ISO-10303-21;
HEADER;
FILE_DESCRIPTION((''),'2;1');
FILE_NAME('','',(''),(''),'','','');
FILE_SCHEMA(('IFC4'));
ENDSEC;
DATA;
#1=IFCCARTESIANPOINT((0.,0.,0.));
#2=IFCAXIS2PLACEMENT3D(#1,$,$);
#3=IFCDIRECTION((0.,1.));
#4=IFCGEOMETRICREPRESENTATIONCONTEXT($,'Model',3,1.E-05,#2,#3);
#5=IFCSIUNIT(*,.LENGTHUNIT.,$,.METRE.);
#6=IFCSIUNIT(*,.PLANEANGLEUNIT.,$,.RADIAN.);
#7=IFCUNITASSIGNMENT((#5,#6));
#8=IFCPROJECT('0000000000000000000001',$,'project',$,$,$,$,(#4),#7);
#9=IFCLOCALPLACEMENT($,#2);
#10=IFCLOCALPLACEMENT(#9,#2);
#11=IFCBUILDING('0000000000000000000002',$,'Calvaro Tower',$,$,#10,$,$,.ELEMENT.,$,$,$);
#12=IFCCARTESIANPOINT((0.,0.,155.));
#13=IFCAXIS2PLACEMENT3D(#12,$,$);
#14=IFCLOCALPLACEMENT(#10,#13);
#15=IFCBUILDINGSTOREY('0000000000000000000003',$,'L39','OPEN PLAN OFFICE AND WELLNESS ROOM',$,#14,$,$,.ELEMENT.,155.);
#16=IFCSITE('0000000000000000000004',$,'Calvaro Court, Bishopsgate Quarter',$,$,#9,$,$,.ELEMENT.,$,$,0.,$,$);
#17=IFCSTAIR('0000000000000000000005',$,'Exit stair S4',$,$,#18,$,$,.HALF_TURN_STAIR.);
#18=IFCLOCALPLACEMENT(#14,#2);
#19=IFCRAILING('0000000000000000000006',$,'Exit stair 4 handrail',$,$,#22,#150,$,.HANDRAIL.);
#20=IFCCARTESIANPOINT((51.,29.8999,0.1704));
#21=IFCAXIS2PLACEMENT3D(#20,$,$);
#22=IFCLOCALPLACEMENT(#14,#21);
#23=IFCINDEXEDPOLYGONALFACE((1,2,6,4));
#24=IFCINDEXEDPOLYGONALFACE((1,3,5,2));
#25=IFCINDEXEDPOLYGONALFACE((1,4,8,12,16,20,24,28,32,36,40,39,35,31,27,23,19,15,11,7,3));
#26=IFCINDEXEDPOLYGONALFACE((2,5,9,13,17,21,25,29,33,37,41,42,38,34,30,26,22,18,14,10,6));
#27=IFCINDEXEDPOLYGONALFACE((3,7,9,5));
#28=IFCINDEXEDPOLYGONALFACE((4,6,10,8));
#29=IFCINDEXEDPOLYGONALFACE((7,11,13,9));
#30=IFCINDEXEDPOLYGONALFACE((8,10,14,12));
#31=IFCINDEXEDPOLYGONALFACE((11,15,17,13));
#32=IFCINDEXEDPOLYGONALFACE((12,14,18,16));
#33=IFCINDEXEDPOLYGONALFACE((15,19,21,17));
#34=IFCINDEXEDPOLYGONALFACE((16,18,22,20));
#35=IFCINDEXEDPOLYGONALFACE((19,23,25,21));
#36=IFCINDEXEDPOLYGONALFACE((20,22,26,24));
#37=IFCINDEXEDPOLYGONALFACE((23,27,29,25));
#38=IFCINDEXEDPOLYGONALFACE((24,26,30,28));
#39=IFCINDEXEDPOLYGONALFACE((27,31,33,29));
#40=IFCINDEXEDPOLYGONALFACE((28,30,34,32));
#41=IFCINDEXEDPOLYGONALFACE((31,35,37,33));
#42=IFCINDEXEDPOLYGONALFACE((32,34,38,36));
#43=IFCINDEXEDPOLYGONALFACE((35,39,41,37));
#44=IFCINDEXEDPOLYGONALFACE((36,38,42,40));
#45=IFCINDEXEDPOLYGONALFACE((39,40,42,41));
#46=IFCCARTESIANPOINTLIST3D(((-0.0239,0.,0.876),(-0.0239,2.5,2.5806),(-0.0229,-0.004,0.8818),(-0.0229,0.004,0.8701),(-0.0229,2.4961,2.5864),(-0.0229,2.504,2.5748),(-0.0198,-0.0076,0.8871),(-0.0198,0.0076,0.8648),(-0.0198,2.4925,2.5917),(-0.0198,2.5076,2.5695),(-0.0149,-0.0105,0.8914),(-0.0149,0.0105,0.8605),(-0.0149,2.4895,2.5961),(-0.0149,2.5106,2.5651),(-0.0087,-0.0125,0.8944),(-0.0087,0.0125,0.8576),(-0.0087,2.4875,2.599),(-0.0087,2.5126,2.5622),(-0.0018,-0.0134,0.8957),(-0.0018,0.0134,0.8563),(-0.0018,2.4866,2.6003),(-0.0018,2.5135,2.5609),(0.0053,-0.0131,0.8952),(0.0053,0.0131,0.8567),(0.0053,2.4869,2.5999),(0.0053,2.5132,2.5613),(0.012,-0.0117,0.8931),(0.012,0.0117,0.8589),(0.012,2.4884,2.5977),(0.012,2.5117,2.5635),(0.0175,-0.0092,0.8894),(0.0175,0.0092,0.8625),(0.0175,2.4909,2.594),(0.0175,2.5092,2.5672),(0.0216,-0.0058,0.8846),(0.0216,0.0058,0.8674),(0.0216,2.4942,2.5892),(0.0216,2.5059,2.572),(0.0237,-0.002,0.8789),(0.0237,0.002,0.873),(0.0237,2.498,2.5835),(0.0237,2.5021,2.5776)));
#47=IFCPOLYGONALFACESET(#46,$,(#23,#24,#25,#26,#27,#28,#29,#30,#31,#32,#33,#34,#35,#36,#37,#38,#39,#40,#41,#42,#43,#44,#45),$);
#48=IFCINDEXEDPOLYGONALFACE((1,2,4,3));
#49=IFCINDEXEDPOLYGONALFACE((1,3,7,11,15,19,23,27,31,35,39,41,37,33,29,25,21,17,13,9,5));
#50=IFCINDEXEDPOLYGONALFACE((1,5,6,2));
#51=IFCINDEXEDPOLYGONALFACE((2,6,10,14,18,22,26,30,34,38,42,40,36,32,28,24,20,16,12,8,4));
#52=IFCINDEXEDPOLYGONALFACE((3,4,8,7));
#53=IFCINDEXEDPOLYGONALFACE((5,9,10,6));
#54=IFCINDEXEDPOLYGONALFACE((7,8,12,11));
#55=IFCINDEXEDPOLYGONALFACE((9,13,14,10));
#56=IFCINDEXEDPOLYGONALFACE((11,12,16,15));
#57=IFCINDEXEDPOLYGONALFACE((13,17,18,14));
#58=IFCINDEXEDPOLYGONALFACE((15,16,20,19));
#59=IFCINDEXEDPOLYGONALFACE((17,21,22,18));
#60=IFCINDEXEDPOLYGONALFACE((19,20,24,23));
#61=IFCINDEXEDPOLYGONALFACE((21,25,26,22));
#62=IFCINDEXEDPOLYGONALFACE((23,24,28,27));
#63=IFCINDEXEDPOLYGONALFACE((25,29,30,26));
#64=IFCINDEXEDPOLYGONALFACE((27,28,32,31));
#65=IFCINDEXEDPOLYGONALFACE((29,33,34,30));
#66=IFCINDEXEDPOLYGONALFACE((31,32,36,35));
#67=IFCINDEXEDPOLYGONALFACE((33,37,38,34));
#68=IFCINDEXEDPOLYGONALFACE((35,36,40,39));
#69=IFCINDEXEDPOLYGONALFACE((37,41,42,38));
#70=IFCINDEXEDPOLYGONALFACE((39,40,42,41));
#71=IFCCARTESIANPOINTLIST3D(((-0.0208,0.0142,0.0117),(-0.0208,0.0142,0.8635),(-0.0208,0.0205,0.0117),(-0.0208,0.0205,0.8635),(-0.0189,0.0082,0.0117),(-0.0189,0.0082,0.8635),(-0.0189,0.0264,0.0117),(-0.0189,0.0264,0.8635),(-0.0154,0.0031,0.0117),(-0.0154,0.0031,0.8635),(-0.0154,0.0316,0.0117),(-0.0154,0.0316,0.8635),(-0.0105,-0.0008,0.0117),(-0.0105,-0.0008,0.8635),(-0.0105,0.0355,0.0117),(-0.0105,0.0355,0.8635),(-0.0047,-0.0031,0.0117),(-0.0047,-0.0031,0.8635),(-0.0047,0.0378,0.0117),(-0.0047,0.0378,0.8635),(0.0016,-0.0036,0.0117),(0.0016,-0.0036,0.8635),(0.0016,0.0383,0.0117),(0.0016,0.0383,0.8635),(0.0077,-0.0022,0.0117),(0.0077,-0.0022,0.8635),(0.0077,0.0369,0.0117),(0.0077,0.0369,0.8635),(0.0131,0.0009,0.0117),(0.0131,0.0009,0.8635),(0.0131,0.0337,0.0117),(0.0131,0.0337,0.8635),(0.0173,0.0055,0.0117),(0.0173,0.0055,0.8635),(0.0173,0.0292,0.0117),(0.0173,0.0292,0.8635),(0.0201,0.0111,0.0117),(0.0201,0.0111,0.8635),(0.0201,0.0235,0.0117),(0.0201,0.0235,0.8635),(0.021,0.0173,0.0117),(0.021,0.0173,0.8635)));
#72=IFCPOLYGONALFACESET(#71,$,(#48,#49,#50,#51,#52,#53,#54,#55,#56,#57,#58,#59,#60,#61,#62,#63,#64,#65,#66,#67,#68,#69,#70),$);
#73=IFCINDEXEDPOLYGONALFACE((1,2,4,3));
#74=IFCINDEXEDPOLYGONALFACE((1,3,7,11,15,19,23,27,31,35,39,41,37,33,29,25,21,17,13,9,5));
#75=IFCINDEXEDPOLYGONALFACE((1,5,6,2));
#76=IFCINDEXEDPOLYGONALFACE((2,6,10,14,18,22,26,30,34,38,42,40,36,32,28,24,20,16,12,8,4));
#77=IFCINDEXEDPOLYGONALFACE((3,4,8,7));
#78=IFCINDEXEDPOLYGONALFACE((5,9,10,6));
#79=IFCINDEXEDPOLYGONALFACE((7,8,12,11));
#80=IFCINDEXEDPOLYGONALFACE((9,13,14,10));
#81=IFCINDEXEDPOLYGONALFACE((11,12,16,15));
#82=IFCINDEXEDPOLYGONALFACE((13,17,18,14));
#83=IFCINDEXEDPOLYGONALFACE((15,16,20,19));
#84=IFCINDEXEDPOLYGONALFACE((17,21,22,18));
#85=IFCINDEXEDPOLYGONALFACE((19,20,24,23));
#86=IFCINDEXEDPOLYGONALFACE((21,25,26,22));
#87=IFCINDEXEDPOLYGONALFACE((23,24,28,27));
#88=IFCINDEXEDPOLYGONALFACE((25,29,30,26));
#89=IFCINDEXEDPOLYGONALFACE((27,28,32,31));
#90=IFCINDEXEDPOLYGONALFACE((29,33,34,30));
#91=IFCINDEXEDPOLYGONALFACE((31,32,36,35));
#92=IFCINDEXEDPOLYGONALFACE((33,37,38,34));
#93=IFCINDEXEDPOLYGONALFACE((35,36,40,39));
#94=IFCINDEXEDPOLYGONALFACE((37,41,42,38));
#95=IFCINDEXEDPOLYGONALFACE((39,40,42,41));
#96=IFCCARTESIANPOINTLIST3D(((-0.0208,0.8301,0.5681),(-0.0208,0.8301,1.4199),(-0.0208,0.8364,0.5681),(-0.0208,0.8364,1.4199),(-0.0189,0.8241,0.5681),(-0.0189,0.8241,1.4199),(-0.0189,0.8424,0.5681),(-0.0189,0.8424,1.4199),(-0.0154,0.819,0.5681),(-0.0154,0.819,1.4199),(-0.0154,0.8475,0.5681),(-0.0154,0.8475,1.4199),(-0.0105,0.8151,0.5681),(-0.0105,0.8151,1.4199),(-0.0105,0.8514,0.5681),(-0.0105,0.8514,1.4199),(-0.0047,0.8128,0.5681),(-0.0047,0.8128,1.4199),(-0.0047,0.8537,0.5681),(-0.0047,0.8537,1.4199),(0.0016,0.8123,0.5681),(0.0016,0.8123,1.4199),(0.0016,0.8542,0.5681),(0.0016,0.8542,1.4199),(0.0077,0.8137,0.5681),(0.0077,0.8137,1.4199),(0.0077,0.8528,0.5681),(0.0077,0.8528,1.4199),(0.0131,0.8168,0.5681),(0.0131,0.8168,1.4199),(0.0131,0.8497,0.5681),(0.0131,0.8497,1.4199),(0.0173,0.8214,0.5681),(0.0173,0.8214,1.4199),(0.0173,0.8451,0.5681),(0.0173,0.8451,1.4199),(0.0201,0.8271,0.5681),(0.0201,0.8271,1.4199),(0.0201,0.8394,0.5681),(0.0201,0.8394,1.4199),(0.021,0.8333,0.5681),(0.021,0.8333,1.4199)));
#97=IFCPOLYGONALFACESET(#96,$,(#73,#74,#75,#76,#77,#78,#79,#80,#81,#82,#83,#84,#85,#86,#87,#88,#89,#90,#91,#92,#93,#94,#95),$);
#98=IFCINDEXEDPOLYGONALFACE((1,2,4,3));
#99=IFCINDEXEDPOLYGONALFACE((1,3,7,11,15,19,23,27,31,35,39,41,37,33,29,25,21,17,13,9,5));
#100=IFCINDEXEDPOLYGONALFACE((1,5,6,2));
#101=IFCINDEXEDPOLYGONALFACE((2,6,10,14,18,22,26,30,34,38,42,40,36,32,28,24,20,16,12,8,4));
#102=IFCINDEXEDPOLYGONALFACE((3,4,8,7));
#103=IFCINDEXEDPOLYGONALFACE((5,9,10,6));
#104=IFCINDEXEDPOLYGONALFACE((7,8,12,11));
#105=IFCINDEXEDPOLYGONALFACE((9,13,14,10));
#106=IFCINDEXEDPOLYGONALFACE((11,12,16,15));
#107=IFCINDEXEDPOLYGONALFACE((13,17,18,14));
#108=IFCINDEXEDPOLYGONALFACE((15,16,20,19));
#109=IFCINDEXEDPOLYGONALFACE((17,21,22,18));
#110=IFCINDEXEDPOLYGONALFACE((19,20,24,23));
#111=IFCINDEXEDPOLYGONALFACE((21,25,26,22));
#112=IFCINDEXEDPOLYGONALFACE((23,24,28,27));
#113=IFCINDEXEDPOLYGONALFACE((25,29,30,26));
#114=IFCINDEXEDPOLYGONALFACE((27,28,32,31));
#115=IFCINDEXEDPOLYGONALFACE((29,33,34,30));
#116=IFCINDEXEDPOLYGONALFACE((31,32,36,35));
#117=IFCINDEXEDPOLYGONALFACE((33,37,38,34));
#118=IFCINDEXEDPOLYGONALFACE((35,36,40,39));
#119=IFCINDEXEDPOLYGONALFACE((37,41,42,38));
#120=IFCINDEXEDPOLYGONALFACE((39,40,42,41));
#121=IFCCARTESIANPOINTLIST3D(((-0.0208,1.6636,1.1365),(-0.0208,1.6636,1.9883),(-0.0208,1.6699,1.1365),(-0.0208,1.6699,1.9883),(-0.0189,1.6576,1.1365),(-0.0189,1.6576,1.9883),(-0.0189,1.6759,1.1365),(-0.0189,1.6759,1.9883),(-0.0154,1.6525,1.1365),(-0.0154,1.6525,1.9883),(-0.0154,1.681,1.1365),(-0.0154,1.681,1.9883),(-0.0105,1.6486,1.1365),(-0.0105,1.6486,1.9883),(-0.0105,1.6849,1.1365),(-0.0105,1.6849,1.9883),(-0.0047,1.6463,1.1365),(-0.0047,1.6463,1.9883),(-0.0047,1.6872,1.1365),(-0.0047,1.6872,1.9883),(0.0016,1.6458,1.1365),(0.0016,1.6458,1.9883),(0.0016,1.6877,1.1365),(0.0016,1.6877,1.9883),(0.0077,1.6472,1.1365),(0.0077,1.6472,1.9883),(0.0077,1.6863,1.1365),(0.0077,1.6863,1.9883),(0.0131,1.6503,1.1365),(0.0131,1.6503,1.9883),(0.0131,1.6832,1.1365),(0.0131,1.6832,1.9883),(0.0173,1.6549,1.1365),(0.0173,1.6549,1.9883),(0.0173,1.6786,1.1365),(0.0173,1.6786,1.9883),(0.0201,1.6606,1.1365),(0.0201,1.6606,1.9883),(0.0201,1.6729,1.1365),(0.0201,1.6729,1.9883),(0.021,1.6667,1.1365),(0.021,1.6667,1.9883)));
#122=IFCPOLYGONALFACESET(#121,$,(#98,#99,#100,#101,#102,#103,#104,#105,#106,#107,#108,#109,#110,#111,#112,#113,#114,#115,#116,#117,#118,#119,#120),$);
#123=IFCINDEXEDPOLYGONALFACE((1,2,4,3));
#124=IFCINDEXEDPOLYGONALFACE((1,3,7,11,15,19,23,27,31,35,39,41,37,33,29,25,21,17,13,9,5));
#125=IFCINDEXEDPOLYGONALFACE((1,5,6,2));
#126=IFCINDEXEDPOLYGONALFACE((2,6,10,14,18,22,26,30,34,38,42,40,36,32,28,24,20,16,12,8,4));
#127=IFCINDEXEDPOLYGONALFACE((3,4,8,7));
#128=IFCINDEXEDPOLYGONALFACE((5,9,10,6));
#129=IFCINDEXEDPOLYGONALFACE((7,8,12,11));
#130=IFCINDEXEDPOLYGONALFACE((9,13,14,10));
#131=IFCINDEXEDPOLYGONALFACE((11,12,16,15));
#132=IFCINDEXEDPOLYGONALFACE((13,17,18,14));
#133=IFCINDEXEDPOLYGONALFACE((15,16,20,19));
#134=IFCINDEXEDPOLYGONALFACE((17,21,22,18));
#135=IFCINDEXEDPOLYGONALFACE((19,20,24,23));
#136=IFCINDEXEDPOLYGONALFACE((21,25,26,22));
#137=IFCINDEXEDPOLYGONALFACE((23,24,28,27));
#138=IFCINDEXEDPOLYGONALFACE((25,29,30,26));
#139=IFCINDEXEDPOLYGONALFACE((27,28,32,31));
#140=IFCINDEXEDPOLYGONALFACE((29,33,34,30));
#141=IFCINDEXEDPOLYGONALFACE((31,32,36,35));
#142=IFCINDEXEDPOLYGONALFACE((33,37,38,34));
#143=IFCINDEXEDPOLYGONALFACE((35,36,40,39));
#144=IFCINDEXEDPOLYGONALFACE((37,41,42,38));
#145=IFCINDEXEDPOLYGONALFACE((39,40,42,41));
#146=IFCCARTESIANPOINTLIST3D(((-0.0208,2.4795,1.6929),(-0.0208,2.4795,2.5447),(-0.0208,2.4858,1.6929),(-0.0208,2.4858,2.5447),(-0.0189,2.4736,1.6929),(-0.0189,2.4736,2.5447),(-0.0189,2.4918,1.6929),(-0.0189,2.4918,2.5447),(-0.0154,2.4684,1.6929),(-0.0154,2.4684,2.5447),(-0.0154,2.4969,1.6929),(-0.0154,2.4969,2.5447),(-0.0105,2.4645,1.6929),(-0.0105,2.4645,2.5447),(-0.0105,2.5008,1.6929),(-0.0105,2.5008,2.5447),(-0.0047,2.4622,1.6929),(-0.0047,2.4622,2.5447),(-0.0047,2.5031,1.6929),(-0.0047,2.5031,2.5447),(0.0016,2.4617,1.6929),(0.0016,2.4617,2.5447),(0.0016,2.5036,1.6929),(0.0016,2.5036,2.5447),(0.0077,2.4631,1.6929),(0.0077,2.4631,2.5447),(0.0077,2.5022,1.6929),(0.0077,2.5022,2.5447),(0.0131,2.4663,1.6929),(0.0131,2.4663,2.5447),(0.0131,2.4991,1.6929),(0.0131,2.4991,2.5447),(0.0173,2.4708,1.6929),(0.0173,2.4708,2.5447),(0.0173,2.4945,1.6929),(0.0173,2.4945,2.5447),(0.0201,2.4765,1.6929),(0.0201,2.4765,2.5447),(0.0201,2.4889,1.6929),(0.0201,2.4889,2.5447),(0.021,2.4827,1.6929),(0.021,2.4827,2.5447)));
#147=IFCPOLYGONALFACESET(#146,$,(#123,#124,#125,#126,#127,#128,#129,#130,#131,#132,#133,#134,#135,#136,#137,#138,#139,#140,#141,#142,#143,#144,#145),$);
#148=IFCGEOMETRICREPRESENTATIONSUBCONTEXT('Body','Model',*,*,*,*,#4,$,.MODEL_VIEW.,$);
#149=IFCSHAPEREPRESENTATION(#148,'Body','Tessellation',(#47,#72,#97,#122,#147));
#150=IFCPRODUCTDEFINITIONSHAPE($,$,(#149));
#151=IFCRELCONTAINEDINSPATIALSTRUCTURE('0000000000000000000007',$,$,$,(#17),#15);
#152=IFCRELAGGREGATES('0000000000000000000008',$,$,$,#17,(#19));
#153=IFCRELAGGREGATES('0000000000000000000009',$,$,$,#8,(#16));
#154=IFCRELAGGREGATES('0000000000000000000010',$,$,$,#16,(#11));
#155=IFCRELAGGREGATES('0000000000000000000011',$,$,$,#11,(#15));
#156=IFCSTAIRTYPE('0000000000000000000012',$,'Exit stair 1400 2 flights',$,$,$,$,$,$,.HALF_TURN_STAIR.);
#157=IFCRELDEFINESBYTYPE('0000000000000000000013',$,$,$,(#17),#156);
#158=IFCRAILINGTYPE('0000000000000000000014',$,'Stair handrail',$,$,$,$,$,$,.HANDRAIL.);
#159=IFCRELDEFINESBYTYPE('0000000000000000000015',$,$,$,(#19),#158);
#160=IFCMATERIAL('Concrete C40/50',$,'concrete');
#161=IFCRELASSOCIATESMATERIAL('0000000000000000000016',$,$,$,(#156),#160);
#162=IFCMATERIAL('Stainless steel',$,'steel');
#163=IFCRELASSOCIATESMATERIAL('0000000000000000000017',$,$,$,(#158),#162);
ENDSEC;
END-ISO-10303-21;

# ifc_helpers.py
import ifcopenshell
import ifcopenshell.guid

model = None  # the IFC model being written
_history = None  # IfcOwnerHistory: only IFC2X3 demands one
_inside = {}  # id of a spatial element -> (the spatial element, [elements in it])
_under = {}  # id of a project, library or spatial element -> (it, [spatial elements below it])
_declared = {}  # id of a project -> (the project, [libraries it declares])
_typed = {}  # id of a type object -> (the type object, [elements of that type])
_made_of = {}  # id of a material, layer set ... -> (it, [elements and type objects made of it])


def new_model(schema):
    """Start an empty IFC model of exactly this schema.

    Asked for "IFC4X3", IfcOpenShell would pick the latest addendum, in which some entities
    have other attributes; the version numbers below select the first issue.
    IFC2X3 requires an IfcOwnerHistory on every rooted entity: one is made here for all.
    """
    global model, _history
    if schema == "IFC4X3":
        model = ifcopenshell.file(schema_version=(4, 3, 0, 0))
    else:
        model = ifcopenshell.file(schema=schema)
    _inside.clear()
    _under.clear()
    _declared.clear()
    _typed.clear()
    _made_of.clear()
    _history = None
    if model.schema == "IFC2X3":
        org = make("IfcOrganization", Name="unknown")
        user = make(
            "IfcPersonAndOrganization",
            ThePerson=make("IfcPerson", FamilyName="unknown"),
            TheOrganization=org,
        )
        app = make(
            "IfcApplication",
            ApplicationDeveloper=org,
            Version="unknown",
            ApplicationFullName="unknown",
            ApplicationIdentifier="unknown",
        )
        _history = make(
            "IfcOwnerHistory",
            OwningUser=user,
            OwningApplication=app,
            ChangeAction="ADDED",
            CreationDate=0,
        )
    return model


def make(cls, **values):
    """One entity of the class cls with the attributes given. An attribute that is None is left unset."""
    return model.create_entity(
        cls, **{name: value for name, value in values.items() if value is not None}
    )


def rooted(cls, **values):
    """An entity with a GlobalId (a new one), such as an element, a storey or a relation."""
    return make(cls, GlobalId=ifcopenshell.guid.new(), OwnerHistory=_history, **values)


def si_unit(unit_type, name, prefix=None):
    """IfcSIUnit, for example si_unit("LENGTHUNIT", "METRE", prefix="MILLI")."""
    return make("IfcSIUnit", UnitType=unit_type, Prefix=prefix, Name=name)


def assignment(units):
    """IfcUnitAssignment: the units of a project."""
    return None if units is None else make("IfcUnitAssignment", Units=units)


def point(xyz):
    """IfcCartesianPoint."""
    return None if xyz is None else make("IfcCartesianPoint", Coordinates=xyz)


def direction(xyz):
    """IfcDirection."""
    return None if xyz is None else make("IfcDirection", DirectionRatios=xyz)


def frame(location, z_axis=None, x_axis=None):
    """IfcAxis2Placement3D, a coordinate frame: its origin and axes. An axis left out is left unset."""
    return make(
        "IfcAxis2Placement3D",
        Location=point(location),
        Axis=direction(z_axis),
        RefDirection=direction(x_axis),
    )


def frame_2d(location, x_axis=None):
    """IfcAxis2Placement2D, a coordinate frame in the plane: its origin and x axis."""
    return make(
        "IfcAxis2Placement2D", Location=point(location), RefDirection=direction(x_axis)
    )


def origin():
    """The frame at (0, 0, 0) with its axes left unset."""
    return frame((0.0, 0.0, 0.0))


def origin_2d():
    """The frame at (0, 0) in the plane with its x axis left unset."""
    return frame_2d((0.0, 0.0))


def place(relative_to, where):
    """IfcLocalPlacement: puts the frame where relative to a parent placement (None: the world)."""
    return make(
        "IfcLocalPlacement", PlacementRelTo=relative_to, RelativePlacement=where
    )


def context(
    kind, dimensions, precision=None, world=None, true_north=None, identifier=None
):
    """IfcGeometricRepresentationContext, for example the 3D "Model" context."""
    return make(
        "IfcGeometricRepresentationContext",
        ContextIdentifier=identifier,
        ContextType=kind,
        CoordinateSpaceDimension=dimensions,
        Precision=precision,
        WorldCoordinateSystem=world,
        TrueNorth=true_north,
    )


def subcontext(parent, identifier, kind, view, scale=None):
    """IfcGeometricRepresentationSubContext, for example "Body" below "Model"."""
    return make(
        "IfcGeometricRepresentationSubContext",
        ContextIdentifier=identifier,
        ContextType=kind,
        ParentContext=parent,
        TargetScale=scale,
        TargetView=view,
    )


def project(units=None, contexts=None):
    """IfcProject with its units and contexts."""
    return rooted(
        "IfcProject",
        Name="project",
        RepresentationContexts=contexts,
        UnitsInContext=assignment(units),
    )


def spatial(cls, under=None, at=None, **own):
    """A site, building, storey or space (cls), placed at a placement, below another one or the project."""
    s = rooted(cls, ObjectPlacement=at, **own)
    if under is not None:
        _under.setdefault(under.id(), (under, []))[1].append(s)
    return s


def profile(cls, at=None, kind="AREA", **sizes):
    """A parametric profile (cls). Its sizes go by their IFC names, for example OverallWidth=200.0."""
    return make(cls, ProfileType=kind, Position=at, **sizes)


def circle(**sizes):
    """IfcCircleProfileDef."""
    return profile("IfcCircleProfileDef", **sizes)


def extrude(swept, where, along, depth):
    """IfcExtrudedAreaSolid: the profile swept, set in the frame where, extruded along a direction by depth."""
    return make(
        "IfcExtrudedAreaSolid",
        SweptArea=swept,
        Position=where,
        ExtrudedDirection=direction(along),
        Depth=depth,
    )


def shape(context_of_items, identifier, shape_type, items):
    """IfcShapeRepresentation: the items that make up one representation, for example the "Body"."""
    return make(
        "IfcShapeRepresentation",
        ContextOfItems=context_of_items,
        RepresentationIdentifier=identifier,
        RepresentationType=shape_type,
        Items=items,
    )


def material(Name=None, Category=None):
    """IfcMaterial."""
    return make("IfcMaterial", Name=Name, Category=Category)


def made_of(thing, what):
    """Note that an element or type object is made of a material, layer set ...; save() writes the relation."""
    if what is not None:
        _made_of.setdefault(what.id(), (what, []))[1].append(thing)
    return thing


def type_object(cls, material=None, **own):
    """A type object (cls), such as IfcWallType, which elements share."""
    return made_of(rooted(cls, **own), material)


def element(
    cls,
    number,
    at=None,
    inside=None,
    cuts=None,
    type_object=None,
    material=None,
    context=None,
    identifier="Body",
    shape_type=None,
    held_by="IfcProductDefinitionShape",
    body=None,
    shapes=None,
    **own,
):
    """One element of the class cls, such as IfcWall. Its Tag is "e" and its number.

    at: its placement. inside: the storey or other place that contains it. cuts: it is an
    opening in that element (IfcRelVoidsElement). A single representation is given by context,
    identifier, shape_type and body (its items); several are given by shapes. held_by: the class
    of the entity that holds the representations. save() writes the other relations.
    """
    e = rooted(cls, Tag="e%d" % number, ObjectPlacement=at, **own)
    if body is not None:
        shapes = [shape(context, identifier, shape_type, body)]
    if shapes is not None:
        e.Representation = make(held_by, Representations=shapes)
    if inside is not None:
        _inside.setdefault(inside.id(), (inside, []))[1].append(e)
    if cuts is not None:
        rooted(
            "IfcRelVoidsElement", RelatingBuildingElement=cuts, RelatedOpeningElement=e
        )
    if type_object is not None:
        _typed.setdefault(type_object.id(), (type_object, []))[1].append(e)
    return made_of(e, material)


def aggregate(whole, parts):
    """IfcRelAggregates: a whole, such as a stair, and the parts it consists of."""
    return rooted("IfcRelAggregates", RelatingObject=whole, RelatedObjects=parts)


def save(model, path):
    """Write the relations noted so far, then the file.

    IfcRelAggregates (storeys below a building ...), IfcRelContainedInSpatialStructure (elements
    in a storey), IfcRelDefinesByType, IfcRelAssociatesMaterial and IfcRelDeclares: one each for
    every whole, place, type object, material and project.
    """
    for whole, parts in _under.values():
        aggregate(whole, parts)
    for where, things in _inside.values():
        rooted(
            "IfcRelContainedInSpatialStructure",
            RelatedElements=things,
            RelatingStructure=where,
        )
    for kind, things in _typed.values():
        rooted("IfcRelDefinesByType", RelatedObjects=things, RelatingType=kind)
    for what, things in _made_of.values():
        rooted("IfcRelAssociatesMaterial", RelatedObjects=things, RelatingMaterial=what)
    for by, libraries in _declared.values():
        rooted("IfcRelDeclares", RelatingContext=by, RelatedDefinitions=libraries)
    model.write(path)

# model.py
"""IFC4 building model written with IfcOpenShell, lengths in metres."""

from ifc_helpers import new_model, si_unit, direction, frame, origin, origin_2d, place, context, subcontext, project, spatial, circle, extrude, material, type_object, element, aggregate, save


model = new_model("IFC4")

# Units and contexts
model_context = context("Model", 3, precision=1e-05, world=origin(), true_north=direction((0.0, 1.0)))
body_context = subcontext(model_context, "Body", "Model", "MODEL_VIEW")
ifc_project = project(units=[si_unit("LENGTHUNIT", "METRE"), si_unit("PLANEANGLEUNIT", "RADIAN")], contexts=[model_context])

# Site, building, storey
site_placement = place(None, origin())
site = spatial("IfcSite", under=ifc_project, at=site_placement, Name="Calvaro Court, Bishopsgate Quarter", CompositionType="ELEMENT", RefElevation=0.0)
building_placement = place(site_placement, origin())
building = spatial("IfcBuilding", under=site, at=building_placement, Name="Calvaro Tower", CompositionType="ELEMENT")
storey_placement = place(building_placement, frame((0.0, 0.0, 155.0)))
storey = spatial("IfcBuildingStorey", under=building, at=storey_placement, Name="L39", Description="OPEN PLAN OFFICE AND WELLNESS ROOM", CompositionType="ELEMENT", Elevation=155.0)

# Stair
ifc_material_1 = material(Name="Concrete C40/50", Category="concrete")
stair_type = type_object("IfcStairType", Name="Exit stair 1400 2 flights", PredefinedType="HALF_TURN_STAIR", material=ifc_material_1)
stair_1_placement = place(storey_placement, origin())
stair_1 = element("IfcStair", 1, at=stair_1_placement, inside=storey, type_object=stair_type, Name="Exit stair S4", PredefinedType="HALF_TURN_STAIR")

# Railing
ifc_material_2 = material(Name="Stainless steel", Category="steel")
railing_type = type_object("IfcRailingType", Name="Stair handrail", PredefinedType="HANDRAIL", material=ifc_material_2)
railing_1_placement = place(storey_placement, frame((51.0, 29.8999, 0.1704)))
railing_1 = element("IfcRailing", 2, at=railing_1_placement, type_object=railing_type, Name="Exit stair 4 handrail", PredefinedType="HANDRAIL", context=body_context, shape_type="SweptSolid", body=[
    extrude(circle(Radius=0.0239, at=origin_2d()), frame((0.0, 0.0, 0.876), z_axis=(0.0, 0.826221, 0.563347), x_axis=(-1.0, 0.0, 0.0)), (0.0, 0.0, 1.0), 3.0259),
    extrude(circle(Radius=0.021, at=origin_2d()), frame((0.0, 0.0173, 0.0117)), (0.0, 0.0, 1.0), 0.8518),
    extrude(circle(Radius=0.021, at=origin_2d()), frame((0.0, 0.8333, 0.5681)), (0.0, 0.0, 1.0), 0.8518),
    extrude(circle(Radius=0.021, at=origin_2d()), frame((0.0, 1.6667, 1.1365)), (0.0, 0.0, 1.0), 0.8518),
    extrude(circle(Radius=0.021, at=origin_2d()), frame((0.0, 2.4827, 1.6929)), (0.0, 0.0, 1.0), 0.8518),
])
aggregate(stair_1, [railing_1])

save(model, "model.ifc")
